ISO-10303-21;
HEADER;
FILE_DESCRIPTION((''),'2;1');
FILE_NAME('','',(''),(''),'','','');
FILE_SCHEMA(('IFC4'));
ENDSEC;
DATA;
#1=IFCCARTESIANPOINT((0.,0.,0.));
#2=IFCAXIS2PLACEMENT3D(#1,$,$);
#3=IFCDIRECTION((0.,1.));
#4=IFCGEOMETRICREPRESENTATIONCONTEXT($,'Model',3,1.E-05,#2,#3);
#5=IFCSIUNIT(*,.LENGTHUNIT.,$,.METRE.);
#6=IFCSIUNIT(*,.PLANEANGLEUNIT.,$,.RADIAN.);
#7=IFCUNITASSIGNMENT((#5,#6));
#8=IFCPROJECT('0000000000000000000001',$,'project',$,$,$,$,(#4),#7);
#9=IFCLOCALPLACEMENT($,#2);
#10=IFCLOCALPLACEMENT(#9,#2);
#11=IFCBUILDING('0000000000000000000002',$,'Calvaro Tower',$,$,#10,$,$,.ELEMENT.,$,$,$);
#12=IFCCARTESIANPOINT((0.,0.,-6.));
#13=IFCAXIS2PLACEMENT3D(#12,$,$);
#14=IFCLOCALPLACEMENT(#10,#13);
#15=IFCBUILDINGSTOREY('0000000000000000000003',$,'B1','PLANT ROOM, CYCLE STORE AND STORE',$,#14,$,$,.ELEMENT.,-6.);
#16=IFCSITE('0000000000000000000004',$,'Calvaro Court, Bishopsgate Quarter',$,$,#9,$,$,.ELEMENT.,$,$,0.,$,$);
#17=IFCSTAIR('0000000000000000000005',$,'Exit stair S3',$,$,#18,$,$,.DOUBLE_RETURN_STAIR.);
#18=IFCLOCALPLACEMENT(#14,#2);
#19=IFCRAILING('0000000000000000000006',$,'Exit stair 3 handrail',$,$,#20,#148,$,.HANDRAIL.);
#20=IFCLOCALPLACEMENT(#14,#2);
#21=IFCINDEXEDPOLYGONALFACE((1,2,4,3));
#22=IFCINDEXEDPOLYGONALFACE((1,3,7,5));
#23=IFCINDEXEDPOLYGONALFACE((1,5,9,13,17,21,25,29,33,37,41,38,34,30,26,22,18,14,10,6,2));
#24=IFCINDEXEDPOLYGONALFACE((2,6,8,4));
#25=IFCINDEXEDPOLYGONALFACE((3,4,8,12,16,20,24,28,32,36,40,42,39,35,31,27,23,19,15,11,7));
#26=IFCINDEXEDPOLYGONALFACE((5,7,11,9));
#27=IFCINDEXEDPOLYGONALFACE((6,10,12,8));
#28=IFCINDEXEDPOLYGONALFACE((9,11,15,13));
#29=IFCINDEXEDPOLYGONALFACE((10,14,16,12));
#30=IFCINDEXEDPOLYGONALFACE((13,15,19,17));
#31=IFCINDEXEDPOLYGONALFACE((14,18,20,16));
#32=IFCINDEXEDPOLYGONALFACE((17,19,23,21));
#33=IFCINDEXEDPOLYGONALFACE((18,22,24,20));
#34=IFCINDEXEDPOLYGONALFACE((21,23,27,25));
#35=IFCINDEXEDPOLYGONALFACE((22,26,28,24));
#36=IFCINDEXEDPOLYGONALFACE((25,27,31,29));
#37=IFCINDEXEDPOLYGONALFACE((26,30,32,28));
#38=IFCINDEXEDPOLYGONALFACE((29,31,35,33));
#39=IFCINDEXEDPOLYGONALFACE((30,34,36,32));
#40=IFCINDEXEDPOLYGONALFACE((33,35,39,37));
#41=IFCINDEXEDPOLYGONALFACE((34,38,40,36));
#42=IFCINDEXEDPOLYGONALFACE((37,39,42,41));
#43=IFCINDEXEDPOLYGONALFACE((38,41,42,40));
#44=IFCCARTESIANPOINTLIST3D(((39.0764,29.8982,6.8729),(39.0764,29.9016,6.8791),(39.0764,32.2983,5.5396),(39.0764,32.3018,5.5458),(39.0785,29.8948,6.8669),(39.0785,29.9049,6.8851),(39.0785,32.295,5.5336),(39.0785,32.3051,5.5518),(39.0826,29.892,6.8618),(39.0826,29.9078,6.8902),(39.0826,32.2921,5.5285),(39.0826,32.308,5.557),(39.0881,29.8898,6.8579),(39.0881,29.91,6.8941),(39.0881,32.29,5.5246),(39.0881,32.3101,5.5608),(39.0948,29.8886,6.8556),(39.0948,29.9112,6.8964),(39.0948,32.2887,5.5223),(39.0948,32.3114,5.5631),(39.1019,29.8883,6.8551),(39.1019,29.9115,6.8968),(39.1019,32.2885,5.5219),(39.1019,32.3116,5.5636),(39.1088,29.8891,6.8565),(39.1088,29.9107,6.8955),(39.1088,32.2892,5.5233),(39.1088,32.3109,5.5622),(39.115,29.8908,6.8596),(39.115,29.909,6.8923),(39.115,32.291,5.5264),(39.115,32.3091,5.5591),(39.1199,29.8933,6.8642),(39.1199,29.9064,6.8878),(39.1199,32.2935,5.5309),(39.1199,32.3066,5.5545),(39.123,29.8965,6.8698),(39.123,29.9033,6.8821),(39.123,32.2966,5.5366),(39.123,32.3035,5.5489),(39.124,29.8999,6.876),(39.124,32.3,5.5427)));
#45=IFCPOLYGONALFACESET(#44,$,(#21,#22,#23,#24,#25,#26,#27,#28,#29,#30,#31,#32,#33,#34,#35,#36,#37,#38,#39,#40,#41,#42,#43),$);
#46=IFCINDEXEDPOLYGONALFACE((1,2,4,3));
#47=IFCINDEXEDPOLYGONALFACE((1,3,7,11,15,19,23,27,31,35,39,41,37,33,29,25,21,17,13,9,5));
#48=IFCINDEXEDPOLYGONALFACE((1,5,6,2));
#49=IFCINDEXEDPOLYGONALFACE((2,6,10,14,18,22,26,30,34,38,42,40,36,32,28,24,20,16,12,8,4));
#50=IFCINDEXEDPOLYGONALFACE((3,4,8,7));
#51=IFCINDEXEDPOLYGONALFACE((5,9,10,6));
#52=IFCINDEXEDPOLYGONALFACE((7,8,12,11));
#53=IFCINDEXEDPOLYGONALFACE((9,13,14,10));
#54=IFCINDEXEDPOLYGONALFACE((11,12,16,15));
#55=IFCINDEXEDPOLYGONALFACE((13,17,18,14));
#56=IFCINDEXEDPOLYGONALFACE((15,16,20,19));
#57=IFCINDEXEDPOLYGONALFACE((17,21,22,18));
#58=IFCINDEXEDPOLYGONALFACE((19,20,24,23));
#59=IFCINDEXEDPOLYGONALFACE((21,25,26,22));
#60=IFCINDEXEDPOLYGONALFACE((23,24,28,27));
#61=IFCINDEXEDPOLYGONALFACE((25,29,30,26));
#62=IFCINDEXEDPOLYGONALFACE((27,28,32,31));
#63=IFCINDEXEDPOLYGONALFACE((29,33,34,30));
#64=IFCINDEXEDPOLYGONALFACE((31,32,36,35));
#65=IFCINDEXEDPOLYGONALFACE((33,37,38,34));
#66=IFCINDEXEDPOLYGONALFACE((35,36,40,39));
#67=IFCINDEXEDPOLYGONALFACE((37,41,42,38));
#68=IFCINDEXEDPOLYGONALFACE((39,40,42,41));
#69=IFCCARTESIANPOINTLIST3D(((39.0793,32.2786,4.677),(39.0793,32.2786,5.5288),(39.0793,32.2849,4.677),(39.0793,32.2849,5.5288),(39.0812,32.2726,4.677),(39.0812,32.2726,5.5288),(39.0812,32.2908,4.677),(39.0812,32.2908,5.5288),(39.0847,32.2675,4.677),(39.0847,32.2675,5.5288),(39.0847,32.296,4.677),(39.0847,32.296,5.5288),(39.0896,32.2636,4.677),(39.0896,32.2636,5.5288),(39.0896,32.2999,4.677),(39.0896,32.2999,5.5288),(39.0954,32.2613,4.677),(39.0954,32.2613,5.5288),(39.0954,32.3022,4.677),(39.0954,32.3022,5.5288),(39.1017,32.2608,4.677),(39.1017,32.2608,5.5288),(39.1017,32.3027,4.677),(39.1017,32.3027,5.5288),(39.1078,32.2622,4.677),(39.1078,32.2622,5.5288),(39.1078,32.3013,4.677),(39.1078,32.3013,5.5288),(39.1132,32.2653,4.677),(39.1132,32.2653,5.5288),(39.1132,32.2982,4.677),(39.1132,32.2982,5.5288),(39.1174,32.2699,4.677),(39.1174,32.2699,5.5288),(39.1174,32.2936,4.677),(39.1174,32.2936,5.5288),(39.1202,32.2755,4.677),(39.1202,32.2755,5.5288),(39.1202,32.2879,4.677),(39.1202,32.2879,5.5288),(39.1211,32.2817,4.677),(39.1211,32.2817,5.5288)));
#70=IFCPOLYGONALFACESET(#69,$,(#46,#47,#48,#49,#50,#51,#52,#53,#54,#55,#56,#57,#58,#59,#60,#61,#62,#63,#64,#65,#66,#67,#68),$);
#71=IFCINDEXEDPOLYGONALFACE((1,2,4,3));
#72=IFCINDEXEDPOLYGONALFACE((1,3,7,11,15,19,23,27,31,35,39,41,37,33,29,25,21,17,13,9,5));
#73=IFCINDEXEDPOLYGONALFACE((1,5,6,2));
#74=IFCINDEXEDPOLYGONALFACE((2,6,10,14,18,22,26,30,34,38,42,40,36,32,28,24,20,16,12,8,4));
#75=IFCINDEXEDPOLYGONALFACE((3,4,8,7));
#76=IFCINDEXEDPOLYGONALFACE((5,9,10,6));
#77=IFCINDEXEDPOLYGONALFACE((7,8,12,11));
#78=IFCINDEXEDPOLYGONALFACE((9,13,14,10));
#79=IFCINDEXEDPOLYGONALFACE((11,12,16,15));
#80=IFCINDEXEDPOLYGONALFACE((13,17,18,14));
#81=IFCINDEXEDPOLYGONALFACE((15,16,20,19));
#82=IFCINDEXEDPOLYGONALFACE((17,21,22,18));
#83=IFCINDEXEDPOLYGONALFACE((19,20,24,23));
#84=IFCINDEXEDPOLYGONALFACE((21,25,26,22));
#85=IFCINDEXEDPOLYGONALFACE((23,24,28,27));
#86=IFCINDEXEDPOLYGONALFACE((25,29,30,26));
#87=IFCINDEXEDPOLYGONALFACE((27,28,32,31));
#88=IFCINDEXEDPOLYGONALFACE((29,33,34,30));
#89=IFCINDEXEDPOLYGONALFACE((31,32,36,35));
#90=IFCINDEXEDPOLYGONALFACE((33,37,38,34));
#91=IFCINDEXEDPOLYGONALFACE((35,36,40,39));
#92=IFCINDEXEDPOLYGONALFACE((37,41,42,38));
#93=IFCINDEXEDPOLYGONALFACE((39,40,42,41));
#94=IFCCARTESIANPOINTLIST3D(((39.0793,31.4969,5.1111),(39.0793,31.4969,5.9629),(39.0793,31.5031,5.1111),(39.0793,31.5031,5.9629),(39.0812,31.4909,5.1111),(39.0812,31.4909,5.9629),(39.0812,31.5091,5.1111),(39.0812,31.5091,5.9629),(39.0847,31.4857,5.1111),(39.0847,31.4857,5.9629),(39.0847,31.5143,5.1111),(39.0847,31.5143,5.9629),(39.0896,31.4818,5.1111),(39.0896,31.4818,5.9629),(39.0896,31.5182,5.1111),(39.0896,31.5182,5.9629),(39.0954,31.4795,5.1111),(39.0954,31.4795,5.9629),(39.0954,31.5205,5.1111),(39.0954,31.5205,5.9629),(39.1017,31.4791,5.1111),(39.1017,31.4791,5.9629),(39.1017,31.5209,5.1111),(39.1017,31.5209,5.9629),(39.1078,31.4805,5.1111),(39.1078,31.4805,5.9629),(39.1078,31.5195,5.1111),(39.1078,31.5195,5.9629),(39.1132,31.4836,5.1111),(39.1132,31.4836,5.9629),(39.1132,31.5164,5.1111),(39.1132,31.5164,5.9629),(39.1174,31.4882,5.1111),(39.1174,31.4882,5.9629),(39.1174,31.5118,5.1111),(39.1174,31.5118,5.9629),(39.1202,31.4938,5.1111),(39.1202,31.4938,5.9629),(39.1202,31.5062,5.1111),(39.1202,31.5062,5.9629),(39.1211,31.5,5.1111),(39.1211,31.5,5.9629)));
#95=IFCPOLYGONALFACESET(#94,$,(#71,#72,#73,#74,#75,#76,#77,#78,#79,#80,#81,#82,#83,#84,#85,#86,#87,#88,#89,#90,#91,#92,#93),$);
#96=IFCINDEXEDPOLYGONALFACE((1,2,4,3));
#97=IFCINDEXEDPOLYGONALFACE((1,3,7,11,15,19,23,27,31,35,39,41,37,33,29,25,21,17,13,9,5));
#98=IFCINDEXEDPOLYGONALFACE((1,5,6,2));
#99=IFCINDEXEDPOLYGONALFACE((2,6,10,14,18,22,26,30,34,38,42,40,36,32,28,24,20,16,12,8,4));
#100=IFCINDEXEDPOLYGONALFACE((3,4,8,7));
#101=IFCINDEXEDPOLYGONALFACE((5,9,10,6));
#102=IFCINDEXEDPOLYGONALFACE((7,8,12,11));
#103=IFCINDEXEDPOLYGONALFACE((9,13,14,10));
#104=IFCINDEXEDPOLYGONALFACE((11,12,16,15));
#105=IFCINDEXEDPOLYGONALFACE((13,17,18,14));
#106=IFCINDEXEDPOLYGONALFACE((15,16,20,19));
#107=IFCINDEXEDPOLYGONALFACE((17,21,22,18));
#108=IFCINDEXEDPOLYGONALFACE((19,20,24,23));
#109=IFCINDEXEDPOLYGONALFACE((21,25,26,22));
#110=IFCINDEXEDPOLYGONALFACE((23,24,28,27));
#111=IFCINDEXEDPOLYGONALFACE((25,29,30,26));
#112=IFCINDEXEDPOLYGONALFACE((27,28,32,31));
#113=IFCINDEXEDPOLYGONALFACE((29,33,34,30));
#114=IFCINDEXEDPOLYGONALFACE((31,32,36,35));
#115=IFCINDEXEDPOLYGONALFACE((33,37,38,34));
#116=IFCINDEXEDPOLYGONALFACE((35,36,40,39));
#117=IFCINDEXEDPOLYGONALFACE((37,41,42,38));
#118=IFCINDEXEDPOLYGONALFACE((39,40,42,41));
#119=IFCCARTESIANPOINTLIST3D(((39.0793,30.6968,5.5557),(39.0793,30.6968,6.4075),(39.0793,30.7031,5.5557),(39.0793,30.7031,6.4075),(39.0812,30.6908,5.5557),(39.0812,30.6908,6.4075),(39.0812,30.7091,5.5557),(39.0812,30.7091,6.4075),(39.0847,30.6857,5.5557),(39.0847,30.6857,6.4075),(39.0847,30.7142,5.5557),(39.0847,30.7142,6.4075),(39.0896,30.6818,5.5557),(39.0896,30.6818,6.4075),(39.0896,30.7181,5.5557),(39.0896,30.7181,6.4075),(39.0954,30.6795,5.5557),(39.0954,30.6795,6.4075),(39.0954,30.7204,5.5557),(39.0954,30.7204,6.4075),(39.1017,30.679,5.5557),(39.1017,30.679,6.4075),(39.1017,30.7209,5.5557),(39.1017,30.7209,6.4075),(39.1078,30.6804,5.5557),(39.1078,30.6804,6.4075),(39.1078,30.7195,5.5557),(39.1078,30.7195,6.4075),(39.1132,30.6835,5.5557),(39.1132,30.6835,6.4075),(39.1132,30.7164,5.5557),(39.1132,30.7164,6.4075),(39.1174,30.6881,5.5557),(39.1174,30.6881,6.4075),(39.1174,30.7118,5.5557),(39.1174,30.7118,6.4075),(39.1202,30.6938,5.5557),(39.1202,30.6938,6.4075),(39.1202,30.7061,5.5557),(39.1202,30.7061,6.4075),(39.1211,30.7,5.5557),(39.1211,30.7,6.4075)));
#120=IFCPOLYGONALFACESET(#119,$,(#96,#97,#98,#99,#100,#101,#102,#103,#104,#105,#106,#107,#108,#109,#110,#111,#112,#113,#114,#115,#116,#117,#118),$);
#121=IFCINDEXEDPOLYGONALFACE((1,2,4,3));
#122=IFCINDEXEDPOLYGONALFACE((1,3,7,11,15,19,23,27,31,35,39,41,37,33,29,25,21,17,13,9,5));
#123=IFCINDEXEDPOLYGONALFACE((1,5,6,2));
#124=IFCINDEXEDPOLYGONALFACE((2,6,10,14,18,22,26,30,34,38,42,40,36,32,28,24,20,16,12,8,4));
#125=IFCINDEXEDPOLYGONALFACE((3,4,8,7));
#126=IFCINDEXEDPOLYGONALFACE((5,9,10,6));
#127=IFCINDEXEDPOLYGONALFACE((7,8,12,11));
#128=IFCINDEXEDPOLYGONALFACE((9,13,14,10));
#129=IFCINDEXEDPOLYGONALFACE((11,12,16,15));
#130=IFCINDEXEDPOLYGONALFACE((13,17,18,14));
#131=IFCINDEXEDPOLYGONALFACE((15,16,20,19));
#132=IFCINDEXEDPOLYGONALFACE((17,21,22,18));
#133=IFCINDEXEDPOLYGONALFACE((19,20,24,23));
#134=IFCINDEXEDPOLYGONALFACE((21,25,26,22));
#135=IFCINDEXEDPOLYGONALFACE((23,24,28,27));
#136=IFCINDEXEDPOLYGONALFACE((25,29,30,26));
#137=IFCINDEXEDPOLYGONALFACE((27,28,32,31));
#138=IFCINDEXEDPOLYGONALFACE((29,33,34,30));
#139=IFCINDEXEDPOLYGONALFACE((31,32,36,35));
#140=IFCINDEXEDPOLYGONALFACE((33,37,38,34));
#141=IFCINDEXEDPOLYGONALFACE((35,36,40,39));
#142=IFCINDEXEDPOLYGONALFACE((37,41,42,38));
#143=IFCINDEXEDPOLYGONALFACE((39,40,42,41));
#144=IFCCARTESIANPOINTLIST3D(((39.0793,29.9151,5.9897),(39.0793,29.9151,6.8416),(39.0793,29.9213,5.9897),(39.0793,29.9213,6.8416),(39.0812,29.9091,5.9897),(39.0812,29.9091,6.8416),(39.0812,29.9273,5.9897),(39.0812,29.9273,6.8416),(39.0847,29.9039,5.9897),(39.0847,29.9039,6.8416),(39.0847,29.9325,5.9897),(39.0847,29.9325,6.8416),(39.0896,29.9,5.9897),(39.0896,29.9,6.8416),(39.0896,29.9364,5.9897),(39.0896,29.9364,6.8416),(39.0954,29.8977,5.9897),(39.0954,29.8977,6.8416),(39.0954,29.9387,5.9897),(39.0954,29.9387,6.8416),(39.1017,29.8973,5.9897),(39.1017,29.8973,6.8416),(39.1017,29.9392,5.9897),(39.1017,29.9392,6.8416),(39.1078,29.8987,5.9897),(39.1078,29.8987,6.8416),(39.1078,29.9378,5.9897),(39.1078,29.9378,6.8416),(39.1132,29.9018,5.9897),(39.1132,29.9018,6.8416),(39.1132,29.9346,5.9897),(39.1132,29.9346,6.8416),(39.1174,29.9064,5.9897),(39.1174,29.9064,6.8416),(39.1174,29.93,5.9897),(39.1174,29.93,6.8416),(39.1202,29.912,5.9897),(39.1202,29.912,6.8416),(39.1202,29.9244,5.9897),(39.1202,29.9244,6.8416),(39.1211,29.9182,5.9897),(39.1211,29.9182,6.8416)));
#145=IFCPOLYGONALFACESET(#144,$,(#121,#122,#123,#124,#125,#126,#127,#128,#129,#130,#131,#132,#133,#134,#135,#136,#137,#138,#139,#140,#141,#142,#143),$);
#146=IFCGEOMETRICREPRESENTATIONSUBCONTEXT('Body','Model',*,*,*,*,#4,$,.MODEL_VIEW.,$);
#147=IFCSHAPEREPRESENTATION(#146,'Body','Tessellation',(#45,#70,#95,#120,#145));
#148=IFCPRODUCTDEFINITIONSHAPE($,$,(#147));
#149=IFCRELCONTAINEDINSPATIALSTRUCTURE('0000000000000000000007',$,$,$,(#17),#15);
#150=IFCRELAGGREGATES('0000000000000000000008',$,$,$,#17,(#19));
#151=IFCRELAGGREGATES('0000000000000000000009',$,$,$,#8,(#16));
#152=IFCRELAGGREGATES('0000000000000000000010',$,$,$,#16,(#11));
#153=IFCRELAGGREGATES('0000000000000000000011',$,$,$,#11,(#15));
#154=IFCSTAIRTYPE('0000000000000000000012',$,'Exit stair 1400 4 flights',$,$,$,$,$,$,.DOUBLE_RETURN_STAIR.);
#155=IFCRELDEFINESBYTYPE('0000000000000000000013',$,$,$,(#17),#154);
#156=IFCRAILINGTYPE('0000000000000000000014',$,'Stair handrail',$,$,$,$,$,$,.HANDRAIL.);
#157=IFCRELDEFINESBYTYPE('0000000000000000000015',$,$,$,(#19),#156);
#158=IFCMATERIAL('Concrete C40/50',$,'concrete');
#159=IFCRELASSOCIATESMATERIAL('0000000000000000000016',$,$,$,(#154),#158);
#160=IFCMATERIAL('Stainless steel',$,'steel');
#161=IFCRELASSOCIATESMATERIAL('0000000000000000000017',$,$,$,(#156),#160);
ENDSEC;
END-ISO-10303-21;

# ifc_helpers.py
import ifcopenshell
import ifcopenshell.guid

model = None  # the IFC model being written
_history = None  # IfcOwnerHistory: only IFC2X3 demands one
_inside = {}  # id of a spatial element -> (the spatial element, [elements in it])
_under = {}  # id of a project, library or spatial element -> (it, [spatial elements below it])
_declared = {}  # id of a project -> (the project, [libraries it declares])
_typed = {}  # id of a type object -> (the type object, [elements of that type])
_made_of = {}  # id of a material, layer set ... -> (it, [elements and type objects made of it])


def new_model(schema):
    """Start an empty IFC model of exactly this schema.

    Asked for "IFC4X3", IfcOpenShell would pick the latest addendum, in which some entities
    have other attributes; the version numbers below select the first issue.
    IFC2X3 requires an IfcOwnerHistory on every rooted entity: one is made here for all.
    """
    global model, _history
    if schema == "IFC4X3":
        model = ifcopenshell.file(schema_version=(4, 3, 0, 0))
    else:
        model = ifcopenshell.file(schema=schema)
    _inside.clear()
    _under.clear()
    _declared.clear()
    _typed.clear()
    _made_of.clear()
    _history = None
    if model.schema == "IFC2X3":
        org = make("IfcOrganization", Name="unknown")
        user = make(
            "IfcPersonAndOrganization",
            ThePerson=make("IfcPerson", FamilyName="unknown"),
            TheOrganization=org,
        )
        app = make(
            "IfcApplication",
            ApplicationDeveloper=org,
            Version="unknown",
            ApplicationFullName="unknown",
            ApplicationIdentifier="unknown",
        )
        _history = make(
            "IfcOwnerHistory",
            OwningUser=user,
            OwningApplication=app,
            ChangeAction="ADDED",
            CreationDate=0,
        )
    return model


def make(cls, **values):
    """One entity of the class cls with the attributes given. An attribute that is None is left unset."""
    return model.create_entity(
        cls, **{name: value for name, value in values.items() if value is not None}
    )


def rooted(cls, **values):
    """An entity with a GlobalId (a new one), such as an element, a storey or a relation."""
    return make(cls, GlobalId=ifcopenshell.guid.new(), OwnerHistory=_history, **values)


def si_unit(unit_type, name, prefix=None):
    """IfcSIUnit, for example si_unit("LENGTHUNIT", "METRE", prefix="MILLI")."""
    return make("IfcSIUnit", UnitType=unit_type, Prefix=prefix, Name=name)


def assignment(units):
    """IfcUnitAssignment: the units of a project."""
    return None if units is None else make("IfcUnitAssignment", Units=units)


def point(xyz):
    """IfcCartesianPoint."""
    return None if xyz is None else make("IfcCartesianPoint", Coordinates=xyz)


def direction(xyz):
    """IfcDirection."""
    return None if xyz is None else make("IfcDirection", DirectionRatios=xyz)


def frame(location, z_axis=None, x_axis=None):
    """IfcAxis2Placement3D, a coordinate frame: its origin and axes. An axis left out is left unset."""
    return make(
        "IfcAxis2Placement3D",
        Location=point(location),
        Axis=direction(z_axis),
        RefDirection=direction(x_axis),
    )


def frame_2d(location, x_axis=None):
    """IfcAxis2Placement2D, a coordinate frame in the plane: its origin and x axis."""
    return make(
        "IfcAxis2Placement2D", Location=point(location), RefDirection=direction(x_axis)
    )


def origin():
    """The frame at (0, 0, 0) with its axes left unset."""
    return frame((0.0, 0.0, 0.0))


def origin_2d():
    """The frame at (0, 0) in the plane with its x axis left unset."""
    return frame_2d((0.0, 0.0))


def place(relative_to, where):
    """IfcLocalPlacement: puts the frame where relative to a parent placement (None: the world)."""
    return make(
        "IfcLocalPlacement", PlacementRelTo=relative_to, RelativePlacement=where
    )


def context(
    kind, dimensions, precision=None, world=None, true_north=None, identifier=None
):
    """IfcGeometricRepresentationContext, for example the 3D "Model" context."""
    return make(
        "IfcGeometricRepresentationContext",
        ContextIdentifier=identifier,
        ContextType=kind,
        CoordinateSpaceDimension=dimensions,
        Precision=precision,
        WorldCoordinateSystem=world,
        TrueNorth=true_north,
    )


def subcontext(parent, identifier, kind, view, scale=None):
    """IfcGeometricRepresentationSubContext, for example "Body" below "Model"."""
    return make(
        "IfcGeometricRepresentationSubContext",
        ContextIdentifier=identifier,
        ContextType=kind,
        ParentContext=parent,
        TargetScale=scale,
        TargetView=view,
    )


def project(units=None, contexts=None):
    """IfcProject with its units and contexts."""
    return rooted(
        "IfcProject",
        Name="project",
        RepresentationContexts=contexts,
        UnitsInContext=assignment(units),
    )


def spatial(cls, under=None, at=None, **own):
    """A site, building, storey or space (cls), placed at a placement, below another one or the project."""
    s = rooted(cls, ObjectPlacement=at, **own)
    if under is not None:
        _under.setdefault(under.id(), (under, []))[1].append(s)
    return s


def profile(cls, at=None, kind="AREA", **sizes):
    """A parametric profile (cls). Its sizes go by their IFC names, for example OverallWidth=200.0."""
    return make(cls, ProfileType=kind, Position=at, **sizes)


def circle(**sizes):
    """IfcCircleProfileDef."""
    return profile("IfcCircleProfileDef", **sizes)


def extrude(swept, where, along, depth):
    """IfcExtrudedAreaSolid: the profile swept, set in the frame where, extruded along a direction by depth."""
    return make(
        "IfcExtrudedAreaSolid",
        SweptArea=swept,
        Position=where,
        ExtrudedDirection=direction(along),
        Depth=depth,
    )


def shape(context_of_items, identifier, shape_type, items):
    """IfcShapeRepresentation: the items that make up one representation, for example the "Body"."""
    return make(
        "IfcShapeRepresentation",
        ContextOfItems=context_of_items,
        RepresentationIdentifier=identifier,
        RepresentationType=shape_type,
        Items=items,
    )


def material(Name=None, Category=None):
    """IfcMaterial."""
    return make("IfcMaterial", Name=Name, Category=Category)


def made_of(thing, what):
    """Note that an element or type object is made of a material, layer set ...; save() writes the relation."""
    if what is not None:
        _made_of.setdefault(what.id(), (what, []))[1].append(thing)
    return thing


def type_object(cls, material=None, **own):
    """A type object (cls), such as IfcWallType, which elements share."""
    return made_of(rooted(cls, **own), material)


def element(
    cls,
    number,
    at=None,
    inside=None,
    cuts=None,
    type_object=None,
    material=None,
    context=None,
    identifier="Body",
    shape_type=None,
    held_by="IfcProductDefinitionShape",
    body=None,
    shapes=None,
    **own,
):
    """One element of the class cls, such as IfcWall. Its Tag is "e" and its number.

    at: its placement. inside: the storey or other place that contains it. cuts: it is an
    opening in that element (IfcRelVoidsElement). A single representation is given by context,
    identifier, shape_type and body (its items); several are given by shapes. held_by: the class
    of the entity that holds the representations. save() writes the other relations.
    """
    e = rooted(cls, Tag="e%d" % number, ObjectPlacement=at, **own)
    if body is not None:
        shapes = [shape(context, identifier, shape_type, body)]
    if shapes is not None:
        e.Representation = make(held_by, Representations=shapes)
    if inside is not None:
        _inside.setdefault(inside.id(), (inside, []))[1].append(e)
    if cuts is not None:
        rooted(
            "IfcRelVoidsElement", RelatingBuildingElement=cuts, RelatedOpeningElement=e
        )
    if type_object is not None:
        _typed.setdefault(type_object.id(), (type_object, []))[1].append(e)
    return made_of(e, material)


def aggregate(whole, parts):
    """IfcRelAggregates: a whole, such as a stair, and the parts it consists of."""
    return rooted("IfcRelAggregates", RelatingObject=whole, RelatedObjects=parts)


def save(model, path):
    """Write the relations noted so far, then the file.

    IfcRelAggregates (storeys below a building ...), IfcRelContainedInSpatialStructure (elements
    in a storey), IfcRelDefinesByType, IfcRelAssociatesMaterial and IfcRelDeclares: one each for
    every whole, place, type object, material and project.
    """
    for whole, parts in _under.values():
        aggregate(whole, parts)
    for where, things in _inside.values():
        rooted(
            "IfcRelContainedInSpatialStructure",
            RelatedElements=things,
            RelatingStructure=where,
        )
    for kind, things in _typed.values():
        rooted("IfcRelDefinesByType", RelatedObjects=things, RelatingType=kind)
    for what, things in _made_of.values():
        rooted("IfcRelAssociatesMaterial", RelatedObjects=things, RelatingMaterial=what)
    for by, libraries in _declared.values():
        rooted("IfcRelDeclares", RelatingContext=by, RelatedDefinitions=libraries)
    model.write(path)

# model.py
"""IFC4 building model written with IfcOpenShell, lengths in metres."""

from ifc_helpers import new_model, si_unit, direction, frame, origin, origin_2d, place, context, subcontext, project, spatial, circle, extrude, material, type_object, element, aggregate, save


model = new_model("IFC4")

# Units and contexts
model_context = context("Model", 3, precision=1e-05, world=origin(), true_north=direction((0.0, 1.0)))
body_context = subcontext(model_context, "Body", "Model", "MODEL_VIEW")
ifc_project = project(units=[si_unit("LENGTHUNIT", "METRE"), si_unit("PLANEANGLEUNIT", "RADIAN")], contexts=[model_context])

# Site, building, storey
site_placement = place(None, origin())
site = spatial("IfcSite", under=ifc_project, at=site_placement, Name="Calvaro Court, Bishopsgate Quarter", CompositionType="ELEMENT", RefElevation=0.0)
building_placement = place(site_placement, origin())
building = spatial("IfcBuilding", under=site, at=building_placement, Name="Calvaro Tower", CompositionType="ELEMENT")
storey_placement = place(building_placement, frame((0.0, 0.0, -6.0)))
storey = spatial("IfcBuildingStorey", under=building, at=storey_placement, Name="B1", Description="PLANT ROOM, CYCLE STORE AND STORE", CompositionType="ELEMENT", Elevation=-6.0)

# Stair
ifc_material_1 = material(Name="Concrete C40/50", Category="concrete")
stair_type = type_object("IfcStairType", Name="Exit stair 1400 4 flights", PredefinedType="DOUBLE_RETURN_STAIR", material=ifc_material_1)
stair_1_placement = place(storey_placement, origin())
stair_1 = element("IfcStair", 1, at=stair_1_placement, inside=storey, type_object=stair_type, Name="Exit stair S3", PredefinedType="DOUBLE_RETURN_STAIR")

# Railing
ifc_material_2 = material(Name="Stainless steel", Category="steel")
railing_type = type_object("IfcRailingType", Name="Stair handrail", PredefinedType="HANDRAIL", material=ifc_material_2)
railing_1_placement = place(storey_placement, frame((39.1001, 32.3, 4.6667)))
railing_1 = element("IfcRailing", 2, at=railing_1_placement, type_object=railing_type, Name="Exit stair 3 handrail", PredefinedType="HANDRAIL", context=body_context, shape_type="SweptSolid", body=[
    extrude(circle(Radius=0.0239, at=origin_2d()), frame((0.0, 0.0, 0.876), z_axis=(0.0, -0.874182, 0.485598), x_axis=(1.0, 0.0, 0.0)), (0.0, 0.0, 1.0), 2.7456),
    extrude(circle(Radius=0.021, at=origin_2d()), frame((0.0, -0.0183, 0.0103)), (0.0, 0.0, 1.0), 0.8518),
    extrude(circle(Radius=0.021, at=origin_2d()), frame((0.0, -0.8, 0.4443)), (0.0, 0.0, 1.0), 0.8518),
    extrude(circle(Radius=0.021, at=origin_2d()), frame((0.0, -1.6001, 0.8889)), (0.0, 0.0, 1.0), 0.8518),
    extrude(circle(Radius=0.021, at=origin_2d()), frame((0.0, -2.3818, 1.323)), (0.0, 0.0, 1.0), 0.8518),
])
aggregate(stair_1, [railing_1])

save(model, "model.ifc")
